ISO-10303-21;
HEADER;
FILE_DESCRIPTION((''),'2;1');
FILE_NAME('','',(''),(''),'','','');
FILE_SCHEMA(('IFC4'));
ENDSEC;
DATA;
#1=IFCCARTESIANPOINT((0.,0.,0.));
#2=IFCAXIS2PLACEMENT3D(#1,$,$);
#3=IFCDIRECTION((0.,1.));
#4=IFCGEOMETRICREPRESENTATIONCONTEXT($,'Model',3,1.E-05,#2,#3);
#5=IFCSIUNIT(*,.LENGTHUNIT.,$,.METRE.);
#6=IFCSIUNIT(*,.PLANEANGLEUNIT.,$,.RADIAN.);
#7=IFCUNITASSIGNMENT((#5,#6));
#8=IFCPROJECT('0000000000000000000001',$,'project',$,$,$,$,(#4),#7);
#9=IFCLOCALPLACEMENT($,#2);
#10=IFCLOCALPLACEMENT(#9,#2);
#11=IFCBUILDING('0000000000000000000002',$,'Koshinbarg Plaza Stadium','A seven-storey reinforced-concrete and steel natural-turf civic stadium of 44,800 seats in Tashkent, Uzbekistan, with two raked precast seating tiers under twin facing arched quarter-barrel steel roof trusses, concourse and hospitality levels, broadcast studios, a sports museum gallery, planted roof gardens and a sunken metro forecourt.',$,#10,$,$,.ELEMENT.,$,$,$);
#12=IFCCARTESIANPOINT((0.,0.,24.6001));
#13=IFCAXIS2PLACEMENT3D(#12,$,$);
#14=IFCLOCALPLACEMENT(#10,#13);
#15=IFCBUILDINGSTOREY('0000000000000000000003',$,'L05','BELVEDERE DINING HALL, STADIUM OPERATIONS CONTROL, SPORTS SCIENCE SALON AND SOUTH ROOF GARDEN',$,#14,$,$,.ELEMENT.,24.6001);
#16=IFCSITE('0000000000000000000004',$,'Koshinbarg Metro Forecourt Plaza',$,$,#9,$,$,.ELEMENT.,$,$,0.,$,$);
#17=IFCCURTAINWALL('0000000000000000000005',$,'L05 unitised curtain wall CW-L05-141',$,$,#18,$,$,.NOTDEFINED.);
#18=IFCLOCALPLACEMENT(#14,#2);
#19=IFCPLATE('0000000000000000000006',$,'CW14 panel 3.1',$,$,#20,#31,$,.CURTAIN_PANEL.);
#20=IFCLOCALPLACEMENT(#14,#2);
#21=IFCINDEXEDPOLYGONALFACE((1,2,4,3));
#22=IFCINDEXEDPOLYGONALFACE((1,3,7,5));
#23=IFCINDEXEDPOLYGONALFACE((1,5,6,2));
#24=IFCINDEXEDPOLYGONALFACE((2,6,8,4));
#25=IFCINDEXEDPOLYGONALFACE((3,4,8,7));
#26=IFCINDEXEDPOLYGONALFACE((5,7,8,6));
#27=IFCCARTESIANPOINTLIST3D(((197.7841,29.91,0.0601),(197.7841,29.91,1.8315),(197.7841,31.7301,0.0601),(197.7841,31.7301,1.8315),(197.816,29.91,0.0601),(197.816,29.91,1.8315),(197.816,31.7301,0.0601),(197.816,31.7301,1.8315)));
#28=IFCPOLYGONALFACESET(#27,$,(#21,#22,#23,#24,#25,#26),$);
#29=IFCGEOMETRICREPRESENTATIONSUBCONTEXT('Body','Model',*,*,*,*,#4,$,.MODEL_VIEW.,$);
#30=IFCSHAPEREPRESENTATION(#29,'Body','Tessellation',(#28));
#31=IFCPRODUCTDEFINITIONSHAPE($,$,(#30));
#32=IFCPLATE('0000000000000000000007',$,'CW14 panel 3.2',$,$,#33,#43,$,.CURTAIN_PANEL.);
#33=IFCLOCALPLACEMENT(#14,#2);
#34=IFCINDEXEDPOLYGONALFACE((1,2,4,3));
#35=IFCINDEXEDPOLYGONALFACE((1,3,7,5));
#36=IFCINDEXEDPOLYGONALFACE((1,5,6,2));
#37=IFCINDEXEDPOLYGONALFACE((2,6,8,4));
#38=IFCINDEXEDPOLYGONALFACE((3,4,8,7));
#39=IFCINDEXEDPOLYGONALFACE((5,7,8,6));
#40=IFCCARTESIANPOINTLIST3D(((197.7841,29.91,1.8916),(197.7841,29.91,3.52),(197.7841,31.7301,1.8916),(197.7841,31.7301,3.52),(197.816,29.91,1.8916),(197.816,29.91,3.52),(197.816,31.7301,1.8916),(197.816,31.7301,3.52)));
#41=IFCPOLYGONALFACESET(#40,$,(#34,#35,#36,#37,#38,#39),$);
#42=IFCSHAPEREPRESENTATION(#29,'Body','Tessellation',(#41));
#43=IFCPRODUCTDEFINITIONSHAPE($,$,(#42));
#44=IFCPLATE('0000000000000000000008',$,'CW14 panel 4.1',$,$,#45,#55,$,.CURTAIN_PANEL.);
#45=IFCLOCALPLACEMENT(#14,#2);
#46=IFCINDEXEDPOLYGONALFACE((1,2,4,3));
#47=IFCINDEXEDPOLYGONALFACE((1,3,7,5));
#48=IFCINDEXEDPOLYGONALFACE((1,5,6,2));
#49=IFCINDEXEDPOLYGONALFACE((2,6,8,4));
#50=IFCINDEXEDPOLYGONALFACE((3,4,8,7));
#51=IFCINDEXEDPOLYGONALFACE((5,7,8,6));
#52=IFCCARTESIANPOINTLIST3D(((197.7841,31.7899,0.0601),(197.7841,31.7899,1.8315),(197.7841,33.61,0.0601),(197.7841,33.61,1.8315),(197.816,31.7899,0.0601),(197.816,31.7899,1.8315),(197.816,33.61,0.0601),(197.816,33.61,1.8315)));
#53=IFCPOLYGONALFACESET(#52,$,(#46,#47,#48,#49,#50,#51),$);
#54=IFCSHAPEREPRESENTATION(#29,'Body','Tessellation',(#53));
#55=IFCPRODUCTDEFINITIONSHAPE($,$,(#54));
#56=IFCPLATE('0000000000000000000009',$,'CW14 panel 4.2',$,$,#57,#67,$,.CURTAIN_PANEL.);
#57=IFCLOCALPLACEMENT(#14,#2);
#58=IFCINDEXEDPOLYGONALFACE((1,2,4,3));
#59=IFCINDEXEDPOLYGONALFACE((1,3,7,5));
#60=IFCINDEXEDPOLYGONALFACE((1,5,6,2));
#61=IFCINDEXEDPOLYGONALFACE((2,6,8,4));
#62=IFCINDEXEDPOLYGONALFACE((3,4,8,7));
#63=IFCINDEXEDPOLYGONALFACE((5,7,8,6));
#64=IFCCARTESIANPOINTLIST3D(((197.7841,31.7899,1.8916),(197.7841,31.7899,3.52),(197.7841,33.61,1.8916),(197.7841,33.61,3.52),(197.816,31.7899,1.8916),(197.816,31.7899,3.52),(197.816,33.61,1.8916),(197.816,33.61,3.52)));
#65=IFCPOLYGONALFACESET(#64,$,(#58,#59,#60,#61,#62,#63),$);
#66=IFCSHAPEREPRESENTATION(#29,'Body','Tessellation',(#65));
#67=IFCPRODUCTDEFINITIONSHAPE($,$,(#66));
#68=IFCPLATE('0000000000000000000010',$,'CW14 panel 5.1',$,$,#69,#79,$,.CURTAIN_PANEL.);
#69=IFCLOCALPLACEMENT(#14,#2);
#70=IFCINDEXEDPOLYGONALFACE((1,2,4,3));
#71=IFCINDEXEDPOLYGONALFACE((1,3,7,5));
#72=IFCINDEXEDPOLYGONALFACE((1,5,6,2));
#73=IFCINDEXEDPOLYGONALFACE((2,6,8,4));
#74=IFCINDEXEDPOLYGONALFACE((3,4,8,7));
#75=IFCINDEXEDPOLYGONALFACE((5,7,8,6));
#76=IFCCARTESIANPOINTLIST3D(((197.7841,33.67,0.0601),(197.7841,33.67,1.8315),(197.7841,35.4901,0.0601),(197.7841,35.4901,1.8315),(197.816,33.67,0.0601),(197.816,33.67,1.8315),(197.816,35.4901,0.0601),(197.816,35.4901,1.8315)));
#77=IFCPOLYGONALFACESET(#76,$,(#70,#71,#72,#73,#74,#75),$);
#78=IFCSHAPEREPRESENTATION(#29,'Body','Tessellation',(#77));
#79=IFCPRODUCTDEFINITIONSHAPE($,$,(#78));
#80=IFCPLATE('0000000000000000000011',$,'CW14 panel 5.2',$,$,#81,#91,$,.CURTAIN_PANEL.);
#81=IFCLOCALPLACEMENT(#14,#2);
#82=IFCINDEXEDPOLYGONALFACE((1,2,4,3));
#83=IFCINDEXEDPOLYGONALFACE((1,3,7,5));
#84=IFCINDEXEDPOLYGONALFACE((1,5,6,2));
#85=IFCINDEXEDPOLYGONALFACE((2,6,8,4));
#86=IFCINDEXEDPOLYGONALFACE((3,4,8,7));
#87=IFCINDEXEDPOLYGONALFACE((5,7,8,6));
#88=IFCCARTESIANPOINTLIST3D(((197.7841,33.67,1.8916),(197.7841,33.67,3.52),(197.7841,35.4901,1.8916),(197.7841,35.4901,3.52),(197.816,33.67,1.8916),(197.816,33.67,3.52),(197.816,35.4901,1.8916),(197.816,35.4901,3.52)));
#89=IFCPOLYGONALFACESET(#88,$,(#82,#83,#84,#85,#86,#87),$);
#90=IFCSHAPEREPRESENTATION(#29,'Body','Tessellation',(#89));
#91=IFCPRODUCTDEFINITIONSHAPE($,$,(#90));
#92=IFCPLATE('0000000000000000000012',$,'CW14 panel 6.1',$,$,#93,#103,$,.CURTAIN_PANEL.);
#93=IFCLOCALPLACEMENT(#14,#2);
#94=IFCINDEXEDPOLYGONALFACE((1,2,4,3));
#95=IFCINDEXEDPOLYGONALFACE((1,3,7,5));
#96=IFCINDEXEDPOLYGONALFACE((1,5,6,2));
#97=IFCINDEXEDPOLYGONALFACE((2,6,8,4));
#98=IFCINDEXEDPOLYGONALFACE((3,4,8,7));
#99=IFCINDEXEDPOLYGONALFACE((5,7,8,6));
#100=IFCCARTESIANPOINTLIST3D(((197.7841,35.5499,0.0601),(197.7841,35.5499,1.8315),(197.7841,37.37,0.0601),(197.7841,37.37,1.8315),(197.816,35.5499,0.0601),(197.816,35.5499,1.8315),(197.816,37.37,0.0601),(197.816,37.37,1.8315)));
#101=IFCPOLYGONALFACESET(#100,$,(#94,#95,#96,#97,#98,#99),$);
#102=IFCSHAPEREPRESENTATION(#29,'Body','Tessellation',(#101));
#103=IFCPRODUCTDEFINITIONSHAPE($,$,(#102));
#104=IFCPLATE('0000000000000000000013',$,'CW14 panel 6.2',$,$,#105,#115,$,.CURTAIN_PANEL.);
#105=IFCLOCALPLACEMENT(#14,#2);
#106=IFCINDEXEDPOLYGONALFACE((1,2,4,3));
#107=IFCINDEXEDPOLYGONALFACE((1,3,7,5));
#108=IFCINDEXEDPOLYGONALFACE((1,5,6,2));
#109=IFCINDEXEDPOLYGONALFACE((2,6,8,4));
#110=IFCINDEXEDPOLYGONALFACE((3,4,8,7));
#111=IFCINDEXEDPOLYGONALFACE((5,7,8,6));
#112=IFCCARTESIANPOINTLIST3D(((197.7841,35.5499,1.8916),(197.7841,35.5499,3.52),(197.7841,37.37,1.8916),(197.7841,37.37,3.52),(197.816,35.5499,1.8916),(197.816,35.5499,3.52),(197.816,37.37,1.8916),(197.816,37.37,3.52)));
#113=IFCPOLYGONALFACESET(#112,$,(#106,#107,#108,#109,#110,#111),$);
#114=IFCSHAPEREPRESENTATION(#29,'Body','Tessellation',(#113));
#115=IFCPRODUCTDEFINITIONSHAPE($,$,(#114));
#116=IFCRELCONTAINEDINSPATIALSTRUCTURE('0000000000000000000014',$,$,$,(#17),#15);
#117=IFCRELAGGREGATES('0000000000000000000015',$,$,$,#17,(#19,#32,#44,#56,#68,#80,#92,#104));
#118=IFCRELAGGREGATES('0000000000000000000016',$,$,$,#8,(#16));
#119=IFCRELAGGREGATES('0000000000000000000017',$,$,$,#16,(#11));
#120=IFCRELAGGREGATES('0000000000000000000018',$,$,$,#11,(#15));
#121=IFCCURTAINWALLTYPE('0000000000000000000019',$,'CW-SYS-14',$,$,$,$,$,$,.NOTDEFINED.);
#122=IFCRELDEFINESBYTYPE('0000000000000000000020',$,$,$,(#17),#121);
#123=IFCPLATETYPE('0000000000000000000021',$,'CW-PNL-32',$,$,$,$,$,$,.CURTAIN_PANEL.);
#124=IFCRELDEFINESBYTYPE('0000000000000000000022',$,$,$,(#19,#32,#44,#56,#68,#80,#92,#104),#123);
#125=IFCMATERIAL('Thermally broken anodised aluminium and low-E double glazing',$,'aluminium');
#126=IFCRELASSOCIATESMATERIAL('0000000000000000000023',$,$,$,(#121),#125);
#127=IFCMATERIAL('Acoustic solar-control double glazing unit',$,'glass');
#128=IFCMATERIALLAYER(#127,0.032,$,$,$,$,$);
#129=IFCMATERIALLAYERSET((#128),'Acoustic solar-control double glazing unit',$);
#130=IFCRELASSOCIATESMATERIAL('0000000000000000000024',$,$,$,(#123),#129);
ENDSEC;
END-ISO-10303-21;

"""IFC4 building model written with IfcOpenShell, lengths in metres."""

from ifc_helpers import new_model, si_unit, direction, frame, origin, origin_2d, place, context, subcontext, project, spatial, rectangle, extrude, material, layer, layer_set, type_object, element, aggregate, save


model = new_model("IFC4")

# Units and contexts
model_context = context("Model", 3, precision=1e-05, world=origin(), true_north=direction((0.0, 1.0)))
body_context = subcontext(model_context, "Body", "Model", "MODEL_VIEW")
ifc_project = project(units=[si_unit("LENGTHUNIT", "METRE"), si_unit("PLANEANGLEUNIT", "RADIAN")], contexts=[model_context])

# Site, building, storey
site_placement = place(None, origin())
site = spatial("IfcSite", under=ifc_project, at=site_placement, Name="Koshinbarg Metro Forecourt Plaza", CompositionType="ELEMENT", RefElevation=0.0)
building_placement = place(site_placement, origin())
building = spatial("IfcBuilding", under=site, at=building_placement, Name="Koshinbarg Plaza Stadium", Description="A seven-storey reinforced-concrete and steel natural-turf civic stadium of 44,800 seats in Tashkent, Uzbekistan, with two raked precast seating tiers under twin facing arched quarter-barrel steel roof trusses, concourse and hospitality levels, broadcast studios, a sports museum gallery, planted roof gardens and a sunken metro forecourt.", CompositionType="ELEMENT")
storey_placement = place(building_placement, frame((0.0, 0.0, 24.6001)))
storey = spatial("IfcBuildingStorey", under=building, at=storey_placement, Name="L05", Description="BELVEDERE DINING HALL, STADIUM OPERATIONS CONTROL, SPORTS SCIENCE SALON AND SOUTH ROOF GARDEN", CompositionType="ELEMENT", Elevation=24.6001)

# Curtain wall, plates
ifc_material_1 = material(Name="Thermally broken anodised aluminium and low-E double glazing", Category="aluminium")
curtain_wall_type = type_object("IfcCurtainWallType", Name="CW-SYS-14", PredefinedType="NOTDEFINED", material=ifc_material_1)
curtain_wall_placement = place(storey_placement, origin())
curtain_wall = element("IfcCurtainWall", 1, at=curtain_wall_placement, inside=storey, type_object=curtain_wall_type, Name="L05 unitised curtain wall CW-L05-141", PredefinedType="NOTDEFINED")
ifc_material_2 = material(Name="Acoustic solar-control double glazing unit", Category="glass")
ifc_layer = layer(ifc_material_2, 0.032)
ifc_layer_set = layer_set([ifc_layer], Name="Acoustic solar-control double glazing unit")
plate_type = type_object("IfcPlateType", Name="CW-PNL-32", PredefinedType="CURTAIN_PANEL", material=ifc_layer_set)
plate_1_placement = place(storey_placement, frame((197.8, 30.8201, 0.0601), z_axis=(0.0, 0.0, 1.0), x_axis=(0.0, 1.0, 0.0)))
plate_1 = element("IfcPlate", 2, at=plate_1_placement, type_object=plate_type, Name="CW14 panel 3.1", PredefinedType="CURTAIN_PANEL", context=body_context, shape_type="SweptSolid", body=[
    extrude(rectangle(XDim=1.8201, YDim=0.032, at=origin_2d()), origin(), (0.0, 0.0, 1.0), 1.7715),
])
plate_2_placement = place(storey_placement, frame((197.8, 30.8201, 1.8916), z_axis=(0.0, 0.0, 1.0), x_axis=(0.0, 1.0, 0.0)))
plate_2 = element("IfcPlate", 3, at=plate_2_placement, type_object=plate_type, Name="CW14 panel 3.2", PredefinedType="CURTAIN_PANEL", context=body_context, shape_type="SweptSolid", body=[
    extrude(rectangle(XDim=1.8201, YDim=0.032, at=origin_2d()), origin(), (0.0, 0.0, 1.0), 1.6284),
])
plate_3_placement = place(storey_placement, frame((197.8, 32.7, 0.0601), z_axis=(0.0, 0.0, 1.0), x_axis=(0.0, 1.0, 0.0)))
plate_3 = element("IfcPlate", 4, at=plate_3_placement, type_object=plate_type, Name="CW14 panel 4.1", PredefinedType="CURTAIN_PANEL", context=body_context, shape_type="SweptSolid", body=[
    extrude(rectangle(XDim=1.8201, YDim=0.032, at=origin_2d()), origin(), (0.0, 0.0, 1.0), 1.7715),
])
plate_4_placement = place(storey_placement, frame((197.8, 32.7, 1.8916), z_axis=(0.0, 0.0, 1.0), x_axis=(0.0, 1.0, 0.0)))
plate_4 = element("IfcPlate", 5, at=plate_4_placement, type_object=plate_type, Name="CW14 panel 4.2", PredefinedType="CURTAIN_PANEL", context=body_context, shape_type="SweptSolid", body=[
    extrude(rectangle(XDim=1.8201, YDim=0.032, at=origin_2d()), origin(), (0.0, 0.0, 1.0), 1.6284),
])
plate_5_placement = place(storey_placement, frame((197.8, 34.5801, 0.0601), z_axis=(0.0, 0.0, 1.0), x_axis=(0.0, 1.0, 0.0)))
plate_5 = element("IfcPlate", 6, at=plate_5_placement, type_object=plate_type, Name="CW14 panel 5.1", PredefinedType="CURTAIN_PANEL", context=body_context, shape_type="SweptSolid", body=[
    extrude(rectangle(XDim=1.8201, YDim=0.032, at=origin_2d()), origin(), (0.0, 0.0, 1.0), 1.7715),
])
plate_6_placement = place(storey_placement, frame((197.8, 34.5801, 1.8916), z_axis=(0.0, 0.0, 1.0), x_axis=(0.0, 1.0, 0.0)))
plate_6 = element("IfcPlate", 7, at=plate_6_placement, type_object=plate_type, Name="CW14 panel 5.2", PredefinedType="CURTAIN_PANEL", context=body_context, shape_type="SweptSolid", body=[
    extrude(rectangle(XDim=1.8201, YDim=0.032, at=origin_2d()), origin(), (0.0, 0.0, 1.0), 1.6284),
])
plate_7_placement = place(storey_placement, frame((197.8, 36.46, 0.0601), z_axis=(0.0, 0.0, 1.0), x_axis=(0.0, 1.0, 0.0)))
plate_7 = element("IfcPlate", 8, at=plate_7_placement, type_object=plate_type, Name="CW14 panel 6.1", PredefinedType="CURTAIN_PANEL", context=body_context, shape_type="SweptSolid", body=[
    extrude(rectangle(XDim=1.8201, YDim=0.032, at=origin_2d()), origin(), (0.0, 0.0, 1.0), 1.7715),
])
plate_8_placement = place(storey_placement, frame((197.8, 36.46, 1.8916), z_axis=(0.0, 0.0, 1.0), x_axis=(0.0, 1.0, 0.0)))
plate_8 = element("IfcPlate", 9, at=plate_8_placement, type_object=plate_type, Name="CW14 panel 6.2", PredefinedType="CURTAIN_PANEL", context=body_context, shape_type="SweptSolid", body=[
    extrude(rectangle(XDim=1.8201, YDim=0.032, at=origin_2d()), origin(), (0.0, 0.0, 1.0), 1.6284),
])
aggregate(curtain_wall, [plate_1, plate_2, plate_3, plate_4, plate_5, plate_6, plate_7, plate_8])

save(model, "model.ifc")
